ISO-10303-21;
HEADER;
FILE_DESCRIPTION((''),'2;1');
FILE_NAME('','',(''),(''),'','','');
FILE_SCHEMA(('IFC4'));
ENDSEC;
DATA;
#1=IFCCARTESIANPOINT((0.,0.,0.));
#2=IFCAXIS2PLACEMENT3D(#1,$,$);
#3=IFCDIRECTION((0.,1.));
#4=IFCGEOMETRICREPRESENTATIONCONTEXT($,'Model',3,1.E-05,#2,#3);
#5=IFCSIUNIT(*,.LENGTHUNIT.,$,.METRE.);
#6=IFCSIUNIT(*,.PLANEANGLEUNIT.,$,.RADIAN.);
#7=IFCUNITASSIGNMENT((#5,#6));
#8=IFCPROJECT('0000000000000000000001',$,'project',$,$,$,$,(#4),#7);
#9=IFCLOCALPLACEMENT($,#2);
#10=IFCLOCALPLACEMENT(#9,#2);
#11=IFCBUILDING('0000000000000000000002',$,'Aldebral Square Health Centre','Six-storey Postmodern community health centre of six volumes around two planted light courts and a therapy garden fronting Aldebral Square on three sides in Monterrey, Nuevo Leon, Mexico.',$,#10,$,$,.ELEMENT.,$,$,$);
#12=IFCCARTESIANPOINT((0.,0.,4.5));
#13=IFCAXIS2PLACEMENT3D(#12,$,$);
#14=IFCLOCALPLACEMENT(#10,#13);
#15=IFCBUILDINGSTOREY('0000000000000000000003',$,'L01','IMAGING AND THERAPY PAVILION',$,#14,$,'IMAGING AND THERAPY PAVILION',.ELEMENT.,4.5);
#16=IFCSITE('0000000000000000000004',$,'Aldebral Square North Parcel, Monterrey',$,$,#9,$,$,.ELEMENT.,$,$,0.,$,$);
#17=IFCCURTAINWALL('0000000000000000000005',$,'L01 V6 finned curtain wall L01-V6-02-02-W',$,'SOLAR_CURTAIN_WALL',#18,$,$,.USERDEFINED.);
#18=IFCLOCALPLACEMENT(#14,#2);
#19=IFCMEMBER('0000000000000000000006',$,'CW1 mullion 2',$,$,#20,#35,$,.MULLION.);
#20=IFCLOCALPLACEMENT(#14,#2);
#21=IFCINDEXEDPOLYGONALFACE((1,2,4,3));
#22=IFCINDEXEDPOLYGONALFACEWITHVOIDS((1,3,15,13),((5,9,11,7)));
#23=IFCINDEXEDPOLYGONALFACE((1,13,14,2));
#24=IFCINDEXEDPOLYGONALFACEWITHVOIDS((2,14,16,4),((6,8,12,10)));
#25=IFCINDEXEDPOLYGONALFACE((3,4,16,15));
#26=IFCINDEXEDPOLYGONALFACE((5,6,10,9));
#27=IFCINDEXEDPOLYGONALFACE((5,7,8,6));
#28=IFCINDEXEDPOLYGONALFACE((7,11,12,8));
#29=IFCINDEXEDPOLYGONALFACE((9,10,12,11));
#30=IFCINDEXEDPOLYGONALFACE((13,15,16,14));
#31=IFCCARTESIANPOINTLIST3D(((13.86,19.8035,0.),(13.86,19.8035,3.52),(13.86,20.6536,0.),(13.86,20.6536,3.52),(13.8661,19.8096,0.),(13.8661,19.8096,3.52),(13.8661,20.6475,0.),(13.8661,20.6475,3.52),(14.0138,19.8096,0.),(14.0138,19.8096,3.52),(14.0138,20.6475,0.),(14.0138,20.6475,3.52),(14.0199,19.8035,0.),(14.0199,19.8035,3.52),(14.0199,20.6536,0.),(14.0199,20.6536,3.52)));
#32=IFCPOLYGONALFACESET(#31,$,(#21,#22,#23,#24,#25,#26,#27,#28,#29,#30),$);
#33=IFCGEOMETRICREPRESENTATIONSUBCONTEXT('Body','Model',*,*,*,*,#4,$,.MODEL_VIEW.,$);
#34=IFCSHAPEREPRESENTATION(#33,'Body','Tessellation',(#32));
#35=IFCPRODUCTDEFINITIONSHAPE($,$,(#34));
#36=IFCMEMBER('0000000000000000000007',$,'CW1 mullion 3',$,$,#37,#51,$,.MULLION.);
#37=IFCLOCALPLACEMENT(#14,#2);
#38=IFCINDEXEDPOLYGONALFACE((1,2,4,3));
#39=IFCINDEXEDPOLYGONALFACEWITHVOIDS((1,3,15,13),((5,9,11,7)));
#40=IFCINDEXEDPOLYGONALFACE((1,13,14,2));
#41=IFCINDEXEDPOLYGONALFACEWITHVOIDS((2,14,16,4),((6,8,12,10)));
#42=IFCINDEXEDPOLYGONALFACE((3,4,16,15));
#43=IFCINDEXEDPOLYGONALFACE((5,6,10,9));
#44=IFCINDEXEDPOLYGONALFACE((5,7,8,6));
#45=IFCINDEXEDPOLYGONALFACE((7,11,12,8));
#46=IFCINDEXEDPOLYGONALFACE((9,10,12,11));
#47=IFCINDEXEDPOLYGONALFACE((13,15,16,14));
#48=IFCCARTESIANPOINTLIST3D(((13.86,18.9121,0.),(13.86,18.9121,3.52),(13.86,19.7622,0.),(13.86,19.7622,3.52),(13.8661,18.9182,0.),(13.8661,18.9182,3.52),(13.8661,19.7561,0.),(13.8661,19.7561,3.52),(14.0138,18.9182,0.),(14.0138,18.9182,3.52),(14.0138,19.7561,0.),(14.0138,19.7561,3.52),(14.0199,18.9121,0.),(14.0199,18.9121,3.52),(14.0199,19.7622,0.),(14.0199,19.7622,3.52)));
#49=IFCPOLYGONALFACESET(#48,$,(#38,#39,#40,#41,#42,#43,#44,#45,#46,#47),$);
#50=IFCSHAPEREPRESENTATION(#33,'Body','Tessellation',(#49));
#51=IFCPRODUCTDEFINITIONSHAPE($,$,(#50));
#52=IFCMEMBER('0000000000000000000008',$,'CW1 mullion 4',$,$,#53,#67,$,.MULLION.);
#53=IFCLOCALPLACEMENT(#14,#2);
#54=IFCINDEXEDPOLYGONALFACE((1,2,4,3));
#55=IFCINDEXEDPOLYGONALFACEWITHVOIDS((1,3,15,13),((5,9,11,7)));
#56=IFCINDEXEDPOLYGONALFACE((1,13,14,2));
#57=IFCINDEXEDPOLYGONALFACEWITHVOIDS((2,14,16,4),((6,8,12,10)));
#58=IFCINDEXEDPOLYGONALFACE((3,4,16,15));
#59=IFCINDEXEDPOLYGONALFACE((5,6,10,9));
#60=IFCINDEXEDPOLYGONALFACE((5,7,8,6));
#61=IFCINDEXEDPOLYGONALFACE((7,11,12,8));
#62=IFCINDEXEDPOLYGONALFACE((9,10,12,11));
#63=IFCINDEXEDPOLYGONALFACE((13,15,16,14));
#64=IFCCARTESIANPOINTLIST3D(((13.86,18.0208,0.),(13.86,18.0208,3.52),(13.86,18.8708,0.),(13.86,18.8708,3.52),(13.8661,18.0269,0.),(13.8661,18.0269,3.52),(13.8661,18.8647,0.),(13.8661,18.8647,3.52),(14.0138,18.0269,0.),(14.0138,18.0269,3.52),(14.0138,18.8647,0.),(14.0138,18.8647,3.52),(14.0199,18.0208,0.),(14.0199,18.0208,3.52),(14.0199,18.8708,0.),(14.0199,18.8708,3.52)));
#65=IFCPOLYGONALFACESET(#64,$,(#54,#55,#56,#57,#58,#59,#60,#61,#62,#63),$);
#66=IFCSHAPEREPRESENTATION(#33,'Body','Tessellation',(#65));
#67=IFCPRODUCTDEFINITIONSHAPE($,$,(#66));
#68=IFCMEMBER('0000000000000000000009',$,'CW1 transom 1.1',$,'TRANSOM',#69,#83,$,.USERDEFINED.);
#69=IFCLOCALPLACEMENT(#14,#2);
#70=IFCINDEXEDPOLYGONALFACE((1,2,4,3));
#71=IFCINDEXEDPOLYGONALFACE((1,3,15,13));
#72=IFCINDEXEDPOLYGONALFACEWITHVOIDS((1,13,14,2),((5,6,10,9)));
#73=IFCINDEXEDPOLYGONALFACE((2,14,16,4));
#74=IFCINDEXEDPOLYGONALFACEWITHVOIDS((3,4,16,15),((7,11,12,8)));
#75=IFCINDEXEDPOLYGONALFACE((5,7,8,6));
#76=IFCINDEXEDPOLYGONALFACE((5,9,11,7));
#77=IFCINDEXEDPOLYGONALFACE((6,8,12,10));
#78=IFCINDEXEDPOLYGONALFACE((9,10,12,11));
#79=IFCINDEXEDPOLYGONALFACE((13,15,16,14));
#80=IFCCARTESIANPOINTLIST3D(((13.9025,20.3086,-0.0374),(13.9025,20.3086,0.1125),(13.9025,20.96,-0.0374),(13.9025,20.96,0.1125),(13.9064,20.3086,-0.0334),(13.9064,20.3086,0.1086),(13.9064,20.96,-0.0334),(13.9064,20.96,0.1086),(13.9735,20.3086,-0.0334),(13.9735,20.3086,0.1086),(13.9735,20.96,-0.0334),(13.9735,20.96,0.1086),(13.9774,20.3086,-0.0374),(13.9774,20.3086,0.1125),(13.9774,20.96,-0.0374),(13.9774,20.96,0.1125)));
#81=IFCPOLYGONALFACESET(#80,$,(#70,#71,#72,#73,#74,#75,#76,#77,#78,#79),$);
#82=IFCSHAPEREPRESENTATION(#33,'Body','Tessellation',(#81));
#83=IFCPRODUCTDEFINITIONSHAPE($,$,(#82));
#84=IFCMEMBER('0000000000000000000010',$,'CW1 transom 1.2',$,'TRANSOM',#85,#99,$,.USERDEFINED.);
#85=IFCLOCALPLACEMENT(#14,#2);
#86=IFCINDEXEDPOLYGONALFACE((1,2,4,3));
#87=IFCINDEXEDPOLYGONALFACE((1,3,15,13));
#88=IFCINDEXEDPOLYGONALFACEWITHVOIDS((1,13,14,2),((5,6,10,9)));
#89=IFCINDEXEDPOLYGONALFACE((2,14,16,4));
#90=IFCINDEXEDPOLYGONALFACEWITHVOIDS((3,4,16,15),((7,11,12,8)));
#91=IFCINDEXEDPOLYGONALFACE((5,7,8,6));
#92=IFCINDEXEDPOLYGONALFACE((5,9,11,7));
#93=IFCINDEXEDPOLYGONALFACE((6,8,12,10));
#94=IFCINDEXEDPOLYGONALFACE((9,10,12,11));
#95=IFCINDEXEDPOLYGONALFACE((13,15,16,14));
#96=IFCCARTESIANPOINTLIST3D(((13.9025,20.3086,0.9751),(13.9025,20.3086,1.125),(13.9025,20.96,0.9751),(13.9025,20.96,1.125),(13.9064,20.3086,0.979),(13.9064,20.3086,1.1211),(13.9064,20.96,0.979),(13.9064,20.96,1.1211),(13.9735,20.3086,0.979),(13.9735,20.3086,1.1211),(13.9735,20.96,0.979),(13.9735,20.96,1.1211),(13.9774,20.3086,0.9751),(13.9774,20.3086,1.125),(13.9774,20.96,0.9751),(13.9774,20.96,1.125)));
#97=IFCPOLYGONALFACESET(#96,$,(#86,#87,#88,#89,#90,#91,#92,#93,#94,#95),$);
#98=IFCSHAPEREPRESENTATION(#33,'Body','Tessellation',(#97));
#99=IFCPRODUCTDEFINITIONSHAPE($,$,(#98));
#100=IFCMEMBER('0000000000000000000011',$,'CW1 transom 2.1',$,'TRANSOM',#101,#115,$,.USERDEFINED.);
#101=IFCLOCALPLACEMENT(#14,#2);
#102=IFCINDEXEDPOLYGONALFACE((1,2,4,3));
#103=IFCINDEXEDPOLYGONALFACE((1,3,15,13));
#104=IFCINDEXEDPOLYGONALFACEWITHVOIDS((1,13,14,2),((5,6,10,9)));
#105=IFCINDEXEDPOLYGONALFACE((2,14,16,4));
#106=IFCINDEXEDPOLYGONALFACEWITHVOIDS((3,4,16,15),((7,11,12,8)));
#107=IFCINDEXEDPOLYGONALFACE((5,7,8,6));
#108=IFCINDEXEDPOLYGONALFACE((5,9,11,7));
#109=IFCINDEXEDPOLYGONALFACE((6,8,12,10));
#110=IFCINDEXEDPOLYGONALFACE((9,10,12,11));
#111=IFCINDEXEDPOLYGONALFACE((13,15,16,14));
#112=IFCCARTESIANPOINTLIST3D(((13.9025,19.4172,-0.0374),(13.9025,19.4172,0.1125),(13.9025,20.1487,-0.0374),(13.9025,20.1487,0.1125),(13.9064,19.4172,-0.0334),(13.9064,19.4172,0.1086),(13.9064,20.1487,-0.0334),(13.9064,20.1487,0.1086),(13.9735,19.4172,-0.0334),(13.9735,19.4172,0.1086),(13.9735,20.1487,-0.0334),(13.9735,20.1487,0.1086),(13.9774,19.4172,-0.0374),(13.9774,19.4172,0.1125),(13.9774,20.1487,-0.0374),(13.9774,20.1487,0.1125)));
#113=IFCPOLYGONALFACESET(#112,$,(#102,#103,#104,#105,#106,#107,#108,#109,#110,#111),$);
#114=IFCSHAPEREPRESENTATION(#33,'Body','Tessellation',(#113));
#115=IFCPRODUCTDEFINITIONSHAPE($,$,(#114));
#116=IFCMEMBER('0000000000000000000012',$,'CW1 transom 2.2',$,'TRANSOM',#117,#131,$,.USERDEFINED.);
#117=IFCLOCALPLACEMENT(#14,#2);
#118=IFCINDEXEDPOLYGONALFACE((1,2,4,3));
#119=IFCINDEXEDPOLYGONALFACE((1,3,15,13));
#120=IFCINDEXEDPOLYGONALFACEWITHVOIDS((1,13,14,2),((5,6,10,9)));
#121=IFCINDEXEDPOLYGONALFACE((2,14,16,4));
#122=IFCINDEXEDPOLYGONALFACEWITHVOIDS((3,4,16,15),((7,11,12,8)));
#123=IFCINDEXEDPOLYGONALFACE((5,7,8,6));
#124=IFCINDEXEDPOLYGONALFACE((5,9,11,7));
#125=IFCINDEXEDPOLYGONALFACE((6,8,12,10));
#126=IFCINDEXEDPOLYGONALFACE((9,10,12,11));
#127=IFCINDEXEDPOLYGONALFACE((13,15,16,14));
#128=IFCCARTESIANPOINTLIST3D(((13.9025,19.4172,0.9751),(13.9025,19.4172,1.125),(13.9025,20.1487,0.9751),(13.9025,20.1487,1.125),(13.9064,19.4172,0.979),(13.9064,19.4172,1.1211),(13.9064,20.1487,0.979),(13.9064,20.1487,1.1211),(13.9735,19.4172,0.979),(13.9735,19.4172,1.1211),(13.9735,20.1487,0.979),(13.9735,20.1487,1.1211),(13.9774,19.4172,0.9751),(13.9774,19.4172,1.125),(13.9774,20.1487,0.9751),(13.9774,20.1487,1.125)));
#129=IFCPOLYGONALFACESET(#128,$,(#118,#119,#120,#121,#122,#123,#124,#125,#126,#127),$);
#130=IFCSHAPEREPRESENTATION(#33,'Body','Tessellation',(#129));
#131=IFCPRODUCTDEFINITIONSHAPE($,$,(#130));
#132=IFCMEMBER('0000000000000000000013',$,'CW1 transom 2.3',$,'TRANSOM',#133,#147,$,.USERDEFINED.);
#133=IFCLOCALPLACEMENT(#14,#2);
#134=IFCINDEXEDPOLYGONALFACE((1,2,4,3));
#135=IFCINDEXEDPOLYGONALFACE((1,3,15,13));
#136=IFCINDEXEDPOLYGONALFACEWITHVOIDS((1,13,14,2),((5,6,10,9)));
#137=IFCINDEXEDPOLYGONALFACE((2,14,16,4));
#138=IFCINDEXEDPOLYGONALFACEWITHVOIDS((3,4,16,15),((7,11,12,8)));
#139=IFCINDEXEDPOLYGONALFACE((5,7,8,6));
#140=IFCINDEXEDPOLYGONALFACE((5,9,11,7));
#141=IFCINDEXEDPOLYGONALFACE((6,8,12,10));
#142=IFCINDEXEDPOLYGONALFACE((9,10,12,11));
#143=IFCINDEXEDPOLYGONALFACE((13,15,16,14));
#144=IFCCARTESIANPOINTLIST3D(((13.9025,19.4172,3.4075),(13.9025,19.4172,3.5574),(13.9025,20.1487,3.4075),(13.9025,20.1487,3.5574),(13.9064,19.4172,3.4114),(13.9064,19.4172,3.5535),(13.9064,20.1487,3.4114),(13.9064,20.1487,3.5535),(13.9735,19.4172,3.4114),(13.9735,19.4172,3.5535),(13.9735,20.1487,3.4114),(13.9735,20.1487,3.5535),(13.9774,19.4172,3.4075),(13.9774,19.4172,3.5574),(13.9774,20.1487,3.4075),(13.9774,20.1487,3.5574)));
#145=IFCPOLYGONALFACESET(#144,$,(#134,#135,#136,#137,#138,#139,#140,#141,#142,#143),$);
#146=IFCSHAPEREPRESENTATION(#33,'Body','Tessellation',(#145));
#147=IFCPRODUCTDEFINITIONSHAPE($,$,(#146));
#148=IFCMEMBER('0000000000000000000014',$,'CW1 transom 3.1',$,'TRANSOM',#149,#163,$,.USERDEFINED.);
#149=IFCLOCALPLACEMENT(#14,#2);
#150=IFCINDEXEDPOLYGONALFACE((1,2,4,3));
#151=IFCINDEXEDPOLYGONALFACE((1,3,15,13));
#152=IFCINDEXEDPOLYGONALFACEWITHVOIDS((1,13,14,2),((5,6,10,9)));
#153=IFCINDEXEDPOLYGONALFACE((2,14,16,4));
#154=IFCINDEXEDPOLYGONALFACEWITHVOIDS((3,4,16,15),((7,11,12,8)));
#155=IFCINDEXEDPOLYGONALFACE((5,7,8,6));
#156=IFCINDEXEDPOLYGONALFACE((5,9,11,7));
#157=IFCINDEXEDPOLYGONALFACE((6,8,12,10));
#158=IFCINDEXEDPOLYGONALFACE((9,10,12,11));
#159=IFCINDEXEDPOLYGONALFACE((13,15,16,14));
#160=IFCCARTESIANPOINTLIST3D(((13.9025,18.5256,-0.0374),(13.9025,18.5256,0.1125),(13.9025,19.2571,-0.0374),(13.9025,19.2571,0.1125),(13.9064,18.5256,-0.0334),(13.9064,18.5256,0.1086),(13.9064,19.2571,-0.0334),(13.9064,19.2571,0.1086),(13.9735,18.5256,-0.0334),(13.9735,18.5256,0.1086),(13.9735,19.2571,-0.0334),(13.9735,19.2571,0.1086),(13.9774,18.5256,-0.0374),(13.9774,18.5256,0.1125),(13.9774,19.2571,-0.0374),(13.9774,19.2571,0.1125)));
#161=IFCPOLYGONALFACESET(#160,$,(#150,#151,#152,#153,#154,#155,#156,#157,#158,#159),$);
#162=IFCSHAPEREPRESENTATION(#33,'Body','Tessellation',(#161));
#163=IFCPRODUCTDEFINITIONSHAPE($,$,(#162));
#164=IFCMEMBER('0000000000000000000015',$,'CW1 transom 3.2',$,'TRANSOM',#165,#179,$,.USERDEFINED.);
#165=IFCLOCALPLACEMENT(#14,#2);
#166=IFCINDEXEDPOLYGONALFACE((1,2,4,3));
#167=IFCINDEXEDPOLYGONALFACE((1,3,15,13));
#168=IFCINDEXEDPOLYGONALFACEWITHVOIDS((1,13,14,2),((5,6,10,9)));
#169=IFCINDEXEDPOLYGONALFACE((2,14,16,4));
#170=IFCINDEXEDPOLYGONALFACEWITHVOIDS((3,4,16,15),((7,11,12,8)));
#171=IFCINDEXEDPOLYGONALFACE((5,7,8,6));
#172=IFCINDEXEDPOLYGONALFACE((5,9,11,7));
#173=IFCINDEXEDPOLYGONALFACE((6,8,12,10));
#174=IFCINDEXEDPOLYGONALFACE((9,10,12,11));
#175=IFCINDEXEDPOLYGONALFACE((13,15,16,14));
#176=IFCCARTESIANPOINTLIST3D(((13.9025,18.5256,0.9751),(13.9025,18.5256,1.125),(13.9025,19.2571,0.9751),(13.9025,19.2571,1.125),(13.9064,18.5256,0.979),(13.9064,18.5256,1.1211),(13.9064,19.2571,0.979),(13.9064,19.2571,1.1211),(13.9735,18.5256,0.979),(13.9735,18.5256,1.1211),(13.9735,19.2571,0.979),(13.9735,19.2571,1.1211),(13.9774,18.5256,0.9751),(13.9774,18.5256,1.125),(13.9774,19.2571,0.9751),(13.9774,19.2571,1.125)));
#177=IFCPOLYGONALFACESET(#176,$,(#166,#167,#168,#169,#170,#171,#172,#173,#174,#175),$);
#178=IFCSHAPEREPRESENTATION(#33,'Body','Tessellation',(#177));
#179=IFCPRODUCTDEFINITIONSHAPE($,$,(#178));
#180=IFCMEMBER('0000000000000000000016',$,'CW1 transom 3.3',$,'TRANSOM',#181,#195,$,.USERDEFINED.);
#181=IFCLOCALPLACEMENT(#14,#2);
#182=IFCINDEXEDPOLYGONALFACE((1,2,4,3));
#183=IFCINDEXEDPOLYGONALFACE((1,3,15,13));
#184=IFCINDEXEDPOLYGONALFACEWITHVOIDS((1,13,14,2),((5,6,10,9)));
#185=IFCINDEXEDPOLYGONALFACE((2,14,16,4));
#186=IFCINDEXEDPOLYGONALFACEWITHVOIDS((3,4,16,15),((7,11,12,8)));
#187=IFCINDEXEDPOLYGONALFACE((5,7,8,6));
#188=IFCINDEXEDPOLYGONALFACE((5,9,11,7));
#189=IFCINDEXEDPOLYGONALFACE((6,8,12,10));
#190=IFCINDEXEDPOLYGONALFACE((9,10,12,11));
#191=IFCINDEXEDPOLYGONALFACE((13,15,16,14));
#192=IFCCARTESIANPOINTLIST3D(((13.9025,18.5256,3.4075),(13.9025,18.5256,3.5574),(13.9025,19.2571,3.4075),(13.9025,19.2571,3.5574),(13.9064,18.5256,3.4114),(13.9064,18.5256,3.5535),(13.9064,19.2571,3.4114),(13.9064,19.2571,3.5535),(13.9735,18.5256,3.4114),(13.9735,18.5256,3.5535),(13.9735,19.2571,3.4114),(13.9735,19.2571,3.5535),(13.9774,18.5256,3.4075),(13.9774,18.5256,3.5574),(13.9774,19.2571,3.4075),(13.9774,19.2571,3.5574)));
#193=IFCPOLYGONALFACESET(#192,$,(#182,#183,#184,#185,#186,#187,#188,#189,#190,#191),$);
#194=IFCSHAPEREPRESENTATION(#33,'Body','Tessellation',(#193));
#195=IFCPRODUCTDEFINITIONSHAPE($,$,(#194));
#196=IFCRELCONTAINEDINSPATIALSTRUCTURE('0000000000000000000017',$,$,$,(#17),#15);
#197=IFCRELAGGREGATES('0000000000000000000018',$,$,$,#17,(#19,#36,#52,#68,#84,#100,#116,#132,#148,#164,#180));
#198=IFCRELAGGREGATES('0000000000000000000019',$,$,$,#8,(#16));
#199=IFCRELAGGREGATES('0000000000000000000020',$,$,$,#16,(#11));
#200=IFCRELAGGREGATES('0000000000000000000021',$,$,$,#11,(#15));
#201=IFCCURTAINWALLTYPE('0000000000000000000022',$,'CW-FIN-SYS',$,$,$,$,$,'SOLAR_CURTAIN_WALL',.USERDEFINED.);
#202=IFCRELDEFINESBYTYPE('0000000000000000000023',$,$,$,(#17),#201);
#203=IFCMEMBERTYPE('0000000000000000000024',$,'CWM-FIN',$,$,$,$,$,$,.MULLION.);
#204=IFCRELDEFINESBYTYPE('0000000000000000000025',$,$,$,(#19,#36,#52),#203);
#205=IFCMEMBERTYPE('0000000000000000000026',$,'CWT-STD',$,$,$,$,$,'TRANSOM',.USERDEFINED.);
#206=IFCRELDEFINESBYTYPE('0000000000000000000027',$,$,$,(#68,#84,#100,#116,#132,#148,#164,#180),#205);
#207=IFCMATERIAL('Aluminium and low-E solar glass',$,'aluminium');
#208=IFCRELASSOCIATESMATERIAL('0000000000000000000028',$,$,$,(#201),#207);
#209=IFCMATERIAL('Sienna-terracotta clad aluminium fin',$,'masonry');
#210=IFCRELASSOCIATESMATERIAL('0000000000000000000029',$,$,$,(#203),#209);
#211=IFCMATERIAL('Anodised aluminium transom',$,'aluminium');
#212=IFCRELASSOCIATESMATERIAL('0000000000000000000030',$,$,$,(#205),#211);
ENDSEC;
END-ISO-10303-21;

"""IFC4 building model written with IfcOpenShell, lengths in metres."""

from ifc_helpers import new_model, si_unit, direction, frame, origin, origin_2d, place, context, subcontext, project, spatial, hollow_rectangle, extrude, material, material_profile, profile_set, type_object, element, aggregate, save


model = new_model("IFC4")

# Units and contexts
model_context = context("Model", 3, precision=1e-05, world=origin(), true_north=direction((0.0, 1.0)))
body_context = subcontext(model_context, "Body", "Model", "MODEL_VIEW")
ifc_project = project(units=[si_unit("LENGTHUNIT", "METRE"), si_unit("PLANEANGLEUNIT", "RADIAN")], contexts=[model_context])

# Site, building, storey
site_placement = place(None, origin())
site = spatial("IfcSite", under=ifc_project, at=site_placement, Name="Aldebral Square North Parcel, Monterrey", CompositionType="ELEMENT", RefElevation=0.0)
building_placement = place(site_placement, origin())
building = spatial("IfcBuilding", under=site, at=building_placement, Name="Aldebral Square Health Centre", Description="Six-storey Postmodern community health centre of six volumes around two planted light courts and a therapy garden fronting Aldebral Square on three sides in Monterrey, Nuevo Leon, Mexico.", CompositionType="ELEMENT")
storey_placement = place(building_placement, frame((0.0, 0.0, 4.5)))
storey = spatial("IfcBuildingStorey", under=building, at=storey_placement, Name="L01", Description="IMAGING AND THERAPY PAVILION", LongName="IMAGING AND THERAPY PAVILION", CompositionType="ELEMENT", Elevation=4.5)

# Curtain wall, members
ifc_material_1 = material(Name="Aluminium and low-E solar glass", Category="aluminium")
curtain_wall_type = type_object("IfcCurtainWallType", Name="CW-FIN-SYS", ElementType="SOLAR_CURTAIN_WALL", PredefinedType="USERDEFINED", material=ifc_material_1)
curtain_wall_placement = place(storey_placement, origin())
curtain_wall = element("IfcCurtainWall", 1, at=curtain_wall_placement, inside=storey, type_object=curtain_wall_type, Name="L01 V6 finned curtain wall L01-V6-02-02-W", ObjectType="SOLAR_CURTAIN_WALL", PredefinedType="USERDEFINED")
ifc_material_2 = material(Name="Sienna-terracotta clad aluminium fin", Category="masonry")
ifc_material_profile_1 = material_profile(ifc_material_2, hollow_rectangle(XDim=0.1599, YDim=0.8501, WallThickness=0.0061, at=origin_2d()), Name="FIN 160x850x6")
ifc_profile_set_1 = profile_set([ifc_material_profile_1], Name="Sienna-terracotta clad aluminium fin")
member_type_1 = type_object("IfcMemberType", Name="CWM-FIN", PredefinedType="MULLION", material=ifc_profile_set_1)
member_1_placement = place(storey_placement, frame((13.9399, 20.2285, 0.0), z_axis=(0.0, 0.0, 1.0), x_axis=(1.0, 0.0, 0.0)))
member_1 = element("IfcMember", 2, at=member_1_placement, type_object=member_type_1, Name="CW1 mullion 2", PredefinedType="MULLION", context=body_context, shape_type="SweptSolid", body=[
    extrude(hollow_rectangle(XDim=0.1599, YDim=0.8501, WallThickness=0.0061, at=origin_2d()), origin(), (0.0, 0.0, 1.0), 3.52),
])
member_2_placement = place(storey_placement, frame((13.9399, 19.3372, 0.0), z_axis=(0.0, 0.0, 1.0), x_axis=(1.0, 0.0, 0.0)))
member_2 = element("IfcMember", 3, at=member_2_placement, type_object=member_type_1, Name="CW1 mullion 3", PredefinedType="MULLION", context=body_context, shape_type="SweptSolid", body=[
    extrude(hollow_rectangle(XDim=0.1599, YDim=0.8501, WallThickness=0.0061, at=origin_2d()), origin(), (0.0, 0.0, 1.0), 3.52),
])
member_3_placement = place(storey_placement, frame((13.9399, 18.4458, 0.0), z_axis=(0.0, 0.0, 1.0), x_axis=(1.0, 0.0, 0.0)))
member_3 = element("IfcMember", 4, at=member_3_placement, type_object=member_type_1, Name="CW1 mullion 4", PredefinedType="MULLION", context=body_context, shape_type="SweptSolid", body=[
    extrude(hollow_rectangle(XDim=0.1599, YDim=0.8501, WallThickness=0.0061, at=origin_2d()), origin(), (0.0, 0.0, 1.0), 3.52),
])
ifc_material_3 = material(Name="Anodised aluminium transom", Category="aluminium")
ifc_material_profile_2 = material_profile(ifc_material_3, hollow_rectangle(XDim=0.075, YDim=0.1499, WallThickness=0.0039, at=origin_2d()), Name="CWT 75x150x4")
ifc_profile_set_2 = profile_set([ifc_material_profile_2], Name="Anodised aluminium transom")
member_type_2 = type_object("IfcMemberType", Name="CWT-STD", ElementType="TRANSOM", PredefinedType="USERDEFINED", material=ifc_profile_set_2)
member_4_placement = place(storey_placement, frame((13.9399, 20.96, 0.0376), z_axis=(0.0, -1.0, 0.0), x_axis=(1.0, 0.0, 0.0)))
member_4 = element("IfcMember", 5, at=member_4_placement, type_object=member_type_2, Name="CW1 transom 1.1", ObjectType="TRANSOM", PredefinedType="USERDEFINED", context=body_context, shape_type="SweptSolid", body=[
    extrude(hollow_rectangle(XDim=0.075, YDim=0.1499, WallThickness=0.0039, at=origin_2d()), origin(), (0.0, 0.0, 1.0), 0.6514),
])
member_5_placement = place(storey_placement, frame((13.9399, 20.96, 1.05), z_axis=(0.0, -1.0, 0.0), x_axis=(1.0, 0.0, 0.0)))
member_5 = element("IfcMember", 6, at=member_5_placement, type_object=member_type_2, Name="CW1 transom 1.2", ObjectType="TRANSOM", PredefinedType="USERDEFINED", context=body_context, shape_type="SweptSolid", body=[
    extrude(hollow_rectangle(XDim=0.075, YDim=0.1499, WallThickness=0.0039, at=origin_2d()), origin(), (0.0, 0.0, 1.0), 0.6514),
])
member_6_placement = place(storey_placement, frame((13.9399, 20.1487, 0.0376), z_axis=(0.0, -1.0, 0.0), x_axis=(1.0, 0.0, 0.0)))
member_6 = element("IfcMember", 7, at=member_6_placement, type_object=member_type_2, Name="CW1 transom 2.1", ObjectType="TRANSOM", PredefinedType="USERDEFINED", context=body_context, shape_type="SweptSolid", body=[
    extrude(hollow_rectangle(XDim=0.075, YDim=0.1499, WallThickness=0.0039, at=origin_2d()), origin(), (0.0, 0.0, 1.0), 0.7314),
])
member_7_placement = place(storey_placement, frame((13.9399, 20.1487, 1.05), z_axis=(0.0, -1.0, 0.0), x_axis=(1.0, 0.0, 0.0)))
member_7 = element("IfcMember", 8, at=member_7_placement, type_object=member_type_2, Name="CW1 transom 2.2", ObjectType="TRANSOM", PredefinedType="USERDEFINED", context=body_context, shape_type="SweptSolid", body=[
    extrude(hollow_rectangle(XDim=0.075, YDim=0.1499, WallThickness=0.0039, at=origin_2d()), origin(), (0.0, 0.0, 1.0), 0.7314),
])
member_8_placement = place(storey_placement, frame((13.9399, 20.1487, 3.4824), z_axis=(0.0, -1.0, 0.0), x_axis=(1.0, 0.0, 0.0)))
member_8 = element("IfcMember", 9, at=member_8_placement, type_object=member_type_2, Name="CW1 transom 2.3", ObjectType="TRANSOM", PredefinedType="USERDEFINED", context=body_context, shape_type="SweptSolid", body=[
    extrude(hollow_rectangle(XDim=0.075, YDim=0.1499, WallThickness=0.0039, at=origin_2d()), origin(), (0.0, 0.0, 1.0), 0.7314),
])
member_9_placement = place(storey_placement, frame((13.9399, 19.2571, 0.0376), z_axis=(0.0, -1.0, 0.0), x_axis=(1.0, 0.0, 0.0)))
member_9 = element("IfcMember", 10, at=member_9_placement, type_object=member_type_2, Name="CW1 transom 3.1", ObjectType="TRANSOM", PredefinedType="USERDEFINED", context=body_context, shape_type="SweptSolid", body=[
    extrude(hollow_rectangle(XDim=0.075, YDim=0.1499, WallThickness=0.0039, at=origin_2d()), origin(), (0.0, 0.0, 1.0), 0.7314),
])
member_10_placement = place(storey_placement, frame((13.9399, 19.2571, 1.05), z_axis=(0.0, -1.0, 0.0), x_axis=(1.0, 0.0, 0.0)))
member_10 = element("IfcMember", 11, at=member_10_placement, type_object=member_type_2, Name="CW1 transom 3.2", ObjectType="TRANSOM", PredefinedType="USERDEFINED", context=body_context, shape_type="SweptSolid", body=[
    extrude(hollow_rectangle(XDim=0.075, YDim=0.1499, WallThickness=0.0039, at=origin_2d()), origin(), (0.0, 0.0, 1.0), 0.7314),
])
member_11_placement = place(storey_placement, frame((13.9399, 19.2571, 3.4824), z_axis=(0.0, -1.0, 0.0), x_axis=(1.0, 0.0, 0.0)))
member_11 = element("IfcMember", 12, at=member_11_placement, type_object=member_type_2, Name="CW1 transom 3.3", ObjectType="TRANSOM", PredefinedType="USERDEFINED", context=body_context, shape_type="SweptSolid", body=[
    extrude(hollow_rectangle(XDim=0.075, YDim=0.1499, WallThickness=0.0039, at=origin_2d()), origin(), (0.0, 0.0, 1.0), 0.7314),
])
aggregate(curtain_wall, [member_1, member_2, member_3, member_4, member_5, member_6, member_7, member_8, member_9, member_10, member_11])

save(model, "model.ifc")
